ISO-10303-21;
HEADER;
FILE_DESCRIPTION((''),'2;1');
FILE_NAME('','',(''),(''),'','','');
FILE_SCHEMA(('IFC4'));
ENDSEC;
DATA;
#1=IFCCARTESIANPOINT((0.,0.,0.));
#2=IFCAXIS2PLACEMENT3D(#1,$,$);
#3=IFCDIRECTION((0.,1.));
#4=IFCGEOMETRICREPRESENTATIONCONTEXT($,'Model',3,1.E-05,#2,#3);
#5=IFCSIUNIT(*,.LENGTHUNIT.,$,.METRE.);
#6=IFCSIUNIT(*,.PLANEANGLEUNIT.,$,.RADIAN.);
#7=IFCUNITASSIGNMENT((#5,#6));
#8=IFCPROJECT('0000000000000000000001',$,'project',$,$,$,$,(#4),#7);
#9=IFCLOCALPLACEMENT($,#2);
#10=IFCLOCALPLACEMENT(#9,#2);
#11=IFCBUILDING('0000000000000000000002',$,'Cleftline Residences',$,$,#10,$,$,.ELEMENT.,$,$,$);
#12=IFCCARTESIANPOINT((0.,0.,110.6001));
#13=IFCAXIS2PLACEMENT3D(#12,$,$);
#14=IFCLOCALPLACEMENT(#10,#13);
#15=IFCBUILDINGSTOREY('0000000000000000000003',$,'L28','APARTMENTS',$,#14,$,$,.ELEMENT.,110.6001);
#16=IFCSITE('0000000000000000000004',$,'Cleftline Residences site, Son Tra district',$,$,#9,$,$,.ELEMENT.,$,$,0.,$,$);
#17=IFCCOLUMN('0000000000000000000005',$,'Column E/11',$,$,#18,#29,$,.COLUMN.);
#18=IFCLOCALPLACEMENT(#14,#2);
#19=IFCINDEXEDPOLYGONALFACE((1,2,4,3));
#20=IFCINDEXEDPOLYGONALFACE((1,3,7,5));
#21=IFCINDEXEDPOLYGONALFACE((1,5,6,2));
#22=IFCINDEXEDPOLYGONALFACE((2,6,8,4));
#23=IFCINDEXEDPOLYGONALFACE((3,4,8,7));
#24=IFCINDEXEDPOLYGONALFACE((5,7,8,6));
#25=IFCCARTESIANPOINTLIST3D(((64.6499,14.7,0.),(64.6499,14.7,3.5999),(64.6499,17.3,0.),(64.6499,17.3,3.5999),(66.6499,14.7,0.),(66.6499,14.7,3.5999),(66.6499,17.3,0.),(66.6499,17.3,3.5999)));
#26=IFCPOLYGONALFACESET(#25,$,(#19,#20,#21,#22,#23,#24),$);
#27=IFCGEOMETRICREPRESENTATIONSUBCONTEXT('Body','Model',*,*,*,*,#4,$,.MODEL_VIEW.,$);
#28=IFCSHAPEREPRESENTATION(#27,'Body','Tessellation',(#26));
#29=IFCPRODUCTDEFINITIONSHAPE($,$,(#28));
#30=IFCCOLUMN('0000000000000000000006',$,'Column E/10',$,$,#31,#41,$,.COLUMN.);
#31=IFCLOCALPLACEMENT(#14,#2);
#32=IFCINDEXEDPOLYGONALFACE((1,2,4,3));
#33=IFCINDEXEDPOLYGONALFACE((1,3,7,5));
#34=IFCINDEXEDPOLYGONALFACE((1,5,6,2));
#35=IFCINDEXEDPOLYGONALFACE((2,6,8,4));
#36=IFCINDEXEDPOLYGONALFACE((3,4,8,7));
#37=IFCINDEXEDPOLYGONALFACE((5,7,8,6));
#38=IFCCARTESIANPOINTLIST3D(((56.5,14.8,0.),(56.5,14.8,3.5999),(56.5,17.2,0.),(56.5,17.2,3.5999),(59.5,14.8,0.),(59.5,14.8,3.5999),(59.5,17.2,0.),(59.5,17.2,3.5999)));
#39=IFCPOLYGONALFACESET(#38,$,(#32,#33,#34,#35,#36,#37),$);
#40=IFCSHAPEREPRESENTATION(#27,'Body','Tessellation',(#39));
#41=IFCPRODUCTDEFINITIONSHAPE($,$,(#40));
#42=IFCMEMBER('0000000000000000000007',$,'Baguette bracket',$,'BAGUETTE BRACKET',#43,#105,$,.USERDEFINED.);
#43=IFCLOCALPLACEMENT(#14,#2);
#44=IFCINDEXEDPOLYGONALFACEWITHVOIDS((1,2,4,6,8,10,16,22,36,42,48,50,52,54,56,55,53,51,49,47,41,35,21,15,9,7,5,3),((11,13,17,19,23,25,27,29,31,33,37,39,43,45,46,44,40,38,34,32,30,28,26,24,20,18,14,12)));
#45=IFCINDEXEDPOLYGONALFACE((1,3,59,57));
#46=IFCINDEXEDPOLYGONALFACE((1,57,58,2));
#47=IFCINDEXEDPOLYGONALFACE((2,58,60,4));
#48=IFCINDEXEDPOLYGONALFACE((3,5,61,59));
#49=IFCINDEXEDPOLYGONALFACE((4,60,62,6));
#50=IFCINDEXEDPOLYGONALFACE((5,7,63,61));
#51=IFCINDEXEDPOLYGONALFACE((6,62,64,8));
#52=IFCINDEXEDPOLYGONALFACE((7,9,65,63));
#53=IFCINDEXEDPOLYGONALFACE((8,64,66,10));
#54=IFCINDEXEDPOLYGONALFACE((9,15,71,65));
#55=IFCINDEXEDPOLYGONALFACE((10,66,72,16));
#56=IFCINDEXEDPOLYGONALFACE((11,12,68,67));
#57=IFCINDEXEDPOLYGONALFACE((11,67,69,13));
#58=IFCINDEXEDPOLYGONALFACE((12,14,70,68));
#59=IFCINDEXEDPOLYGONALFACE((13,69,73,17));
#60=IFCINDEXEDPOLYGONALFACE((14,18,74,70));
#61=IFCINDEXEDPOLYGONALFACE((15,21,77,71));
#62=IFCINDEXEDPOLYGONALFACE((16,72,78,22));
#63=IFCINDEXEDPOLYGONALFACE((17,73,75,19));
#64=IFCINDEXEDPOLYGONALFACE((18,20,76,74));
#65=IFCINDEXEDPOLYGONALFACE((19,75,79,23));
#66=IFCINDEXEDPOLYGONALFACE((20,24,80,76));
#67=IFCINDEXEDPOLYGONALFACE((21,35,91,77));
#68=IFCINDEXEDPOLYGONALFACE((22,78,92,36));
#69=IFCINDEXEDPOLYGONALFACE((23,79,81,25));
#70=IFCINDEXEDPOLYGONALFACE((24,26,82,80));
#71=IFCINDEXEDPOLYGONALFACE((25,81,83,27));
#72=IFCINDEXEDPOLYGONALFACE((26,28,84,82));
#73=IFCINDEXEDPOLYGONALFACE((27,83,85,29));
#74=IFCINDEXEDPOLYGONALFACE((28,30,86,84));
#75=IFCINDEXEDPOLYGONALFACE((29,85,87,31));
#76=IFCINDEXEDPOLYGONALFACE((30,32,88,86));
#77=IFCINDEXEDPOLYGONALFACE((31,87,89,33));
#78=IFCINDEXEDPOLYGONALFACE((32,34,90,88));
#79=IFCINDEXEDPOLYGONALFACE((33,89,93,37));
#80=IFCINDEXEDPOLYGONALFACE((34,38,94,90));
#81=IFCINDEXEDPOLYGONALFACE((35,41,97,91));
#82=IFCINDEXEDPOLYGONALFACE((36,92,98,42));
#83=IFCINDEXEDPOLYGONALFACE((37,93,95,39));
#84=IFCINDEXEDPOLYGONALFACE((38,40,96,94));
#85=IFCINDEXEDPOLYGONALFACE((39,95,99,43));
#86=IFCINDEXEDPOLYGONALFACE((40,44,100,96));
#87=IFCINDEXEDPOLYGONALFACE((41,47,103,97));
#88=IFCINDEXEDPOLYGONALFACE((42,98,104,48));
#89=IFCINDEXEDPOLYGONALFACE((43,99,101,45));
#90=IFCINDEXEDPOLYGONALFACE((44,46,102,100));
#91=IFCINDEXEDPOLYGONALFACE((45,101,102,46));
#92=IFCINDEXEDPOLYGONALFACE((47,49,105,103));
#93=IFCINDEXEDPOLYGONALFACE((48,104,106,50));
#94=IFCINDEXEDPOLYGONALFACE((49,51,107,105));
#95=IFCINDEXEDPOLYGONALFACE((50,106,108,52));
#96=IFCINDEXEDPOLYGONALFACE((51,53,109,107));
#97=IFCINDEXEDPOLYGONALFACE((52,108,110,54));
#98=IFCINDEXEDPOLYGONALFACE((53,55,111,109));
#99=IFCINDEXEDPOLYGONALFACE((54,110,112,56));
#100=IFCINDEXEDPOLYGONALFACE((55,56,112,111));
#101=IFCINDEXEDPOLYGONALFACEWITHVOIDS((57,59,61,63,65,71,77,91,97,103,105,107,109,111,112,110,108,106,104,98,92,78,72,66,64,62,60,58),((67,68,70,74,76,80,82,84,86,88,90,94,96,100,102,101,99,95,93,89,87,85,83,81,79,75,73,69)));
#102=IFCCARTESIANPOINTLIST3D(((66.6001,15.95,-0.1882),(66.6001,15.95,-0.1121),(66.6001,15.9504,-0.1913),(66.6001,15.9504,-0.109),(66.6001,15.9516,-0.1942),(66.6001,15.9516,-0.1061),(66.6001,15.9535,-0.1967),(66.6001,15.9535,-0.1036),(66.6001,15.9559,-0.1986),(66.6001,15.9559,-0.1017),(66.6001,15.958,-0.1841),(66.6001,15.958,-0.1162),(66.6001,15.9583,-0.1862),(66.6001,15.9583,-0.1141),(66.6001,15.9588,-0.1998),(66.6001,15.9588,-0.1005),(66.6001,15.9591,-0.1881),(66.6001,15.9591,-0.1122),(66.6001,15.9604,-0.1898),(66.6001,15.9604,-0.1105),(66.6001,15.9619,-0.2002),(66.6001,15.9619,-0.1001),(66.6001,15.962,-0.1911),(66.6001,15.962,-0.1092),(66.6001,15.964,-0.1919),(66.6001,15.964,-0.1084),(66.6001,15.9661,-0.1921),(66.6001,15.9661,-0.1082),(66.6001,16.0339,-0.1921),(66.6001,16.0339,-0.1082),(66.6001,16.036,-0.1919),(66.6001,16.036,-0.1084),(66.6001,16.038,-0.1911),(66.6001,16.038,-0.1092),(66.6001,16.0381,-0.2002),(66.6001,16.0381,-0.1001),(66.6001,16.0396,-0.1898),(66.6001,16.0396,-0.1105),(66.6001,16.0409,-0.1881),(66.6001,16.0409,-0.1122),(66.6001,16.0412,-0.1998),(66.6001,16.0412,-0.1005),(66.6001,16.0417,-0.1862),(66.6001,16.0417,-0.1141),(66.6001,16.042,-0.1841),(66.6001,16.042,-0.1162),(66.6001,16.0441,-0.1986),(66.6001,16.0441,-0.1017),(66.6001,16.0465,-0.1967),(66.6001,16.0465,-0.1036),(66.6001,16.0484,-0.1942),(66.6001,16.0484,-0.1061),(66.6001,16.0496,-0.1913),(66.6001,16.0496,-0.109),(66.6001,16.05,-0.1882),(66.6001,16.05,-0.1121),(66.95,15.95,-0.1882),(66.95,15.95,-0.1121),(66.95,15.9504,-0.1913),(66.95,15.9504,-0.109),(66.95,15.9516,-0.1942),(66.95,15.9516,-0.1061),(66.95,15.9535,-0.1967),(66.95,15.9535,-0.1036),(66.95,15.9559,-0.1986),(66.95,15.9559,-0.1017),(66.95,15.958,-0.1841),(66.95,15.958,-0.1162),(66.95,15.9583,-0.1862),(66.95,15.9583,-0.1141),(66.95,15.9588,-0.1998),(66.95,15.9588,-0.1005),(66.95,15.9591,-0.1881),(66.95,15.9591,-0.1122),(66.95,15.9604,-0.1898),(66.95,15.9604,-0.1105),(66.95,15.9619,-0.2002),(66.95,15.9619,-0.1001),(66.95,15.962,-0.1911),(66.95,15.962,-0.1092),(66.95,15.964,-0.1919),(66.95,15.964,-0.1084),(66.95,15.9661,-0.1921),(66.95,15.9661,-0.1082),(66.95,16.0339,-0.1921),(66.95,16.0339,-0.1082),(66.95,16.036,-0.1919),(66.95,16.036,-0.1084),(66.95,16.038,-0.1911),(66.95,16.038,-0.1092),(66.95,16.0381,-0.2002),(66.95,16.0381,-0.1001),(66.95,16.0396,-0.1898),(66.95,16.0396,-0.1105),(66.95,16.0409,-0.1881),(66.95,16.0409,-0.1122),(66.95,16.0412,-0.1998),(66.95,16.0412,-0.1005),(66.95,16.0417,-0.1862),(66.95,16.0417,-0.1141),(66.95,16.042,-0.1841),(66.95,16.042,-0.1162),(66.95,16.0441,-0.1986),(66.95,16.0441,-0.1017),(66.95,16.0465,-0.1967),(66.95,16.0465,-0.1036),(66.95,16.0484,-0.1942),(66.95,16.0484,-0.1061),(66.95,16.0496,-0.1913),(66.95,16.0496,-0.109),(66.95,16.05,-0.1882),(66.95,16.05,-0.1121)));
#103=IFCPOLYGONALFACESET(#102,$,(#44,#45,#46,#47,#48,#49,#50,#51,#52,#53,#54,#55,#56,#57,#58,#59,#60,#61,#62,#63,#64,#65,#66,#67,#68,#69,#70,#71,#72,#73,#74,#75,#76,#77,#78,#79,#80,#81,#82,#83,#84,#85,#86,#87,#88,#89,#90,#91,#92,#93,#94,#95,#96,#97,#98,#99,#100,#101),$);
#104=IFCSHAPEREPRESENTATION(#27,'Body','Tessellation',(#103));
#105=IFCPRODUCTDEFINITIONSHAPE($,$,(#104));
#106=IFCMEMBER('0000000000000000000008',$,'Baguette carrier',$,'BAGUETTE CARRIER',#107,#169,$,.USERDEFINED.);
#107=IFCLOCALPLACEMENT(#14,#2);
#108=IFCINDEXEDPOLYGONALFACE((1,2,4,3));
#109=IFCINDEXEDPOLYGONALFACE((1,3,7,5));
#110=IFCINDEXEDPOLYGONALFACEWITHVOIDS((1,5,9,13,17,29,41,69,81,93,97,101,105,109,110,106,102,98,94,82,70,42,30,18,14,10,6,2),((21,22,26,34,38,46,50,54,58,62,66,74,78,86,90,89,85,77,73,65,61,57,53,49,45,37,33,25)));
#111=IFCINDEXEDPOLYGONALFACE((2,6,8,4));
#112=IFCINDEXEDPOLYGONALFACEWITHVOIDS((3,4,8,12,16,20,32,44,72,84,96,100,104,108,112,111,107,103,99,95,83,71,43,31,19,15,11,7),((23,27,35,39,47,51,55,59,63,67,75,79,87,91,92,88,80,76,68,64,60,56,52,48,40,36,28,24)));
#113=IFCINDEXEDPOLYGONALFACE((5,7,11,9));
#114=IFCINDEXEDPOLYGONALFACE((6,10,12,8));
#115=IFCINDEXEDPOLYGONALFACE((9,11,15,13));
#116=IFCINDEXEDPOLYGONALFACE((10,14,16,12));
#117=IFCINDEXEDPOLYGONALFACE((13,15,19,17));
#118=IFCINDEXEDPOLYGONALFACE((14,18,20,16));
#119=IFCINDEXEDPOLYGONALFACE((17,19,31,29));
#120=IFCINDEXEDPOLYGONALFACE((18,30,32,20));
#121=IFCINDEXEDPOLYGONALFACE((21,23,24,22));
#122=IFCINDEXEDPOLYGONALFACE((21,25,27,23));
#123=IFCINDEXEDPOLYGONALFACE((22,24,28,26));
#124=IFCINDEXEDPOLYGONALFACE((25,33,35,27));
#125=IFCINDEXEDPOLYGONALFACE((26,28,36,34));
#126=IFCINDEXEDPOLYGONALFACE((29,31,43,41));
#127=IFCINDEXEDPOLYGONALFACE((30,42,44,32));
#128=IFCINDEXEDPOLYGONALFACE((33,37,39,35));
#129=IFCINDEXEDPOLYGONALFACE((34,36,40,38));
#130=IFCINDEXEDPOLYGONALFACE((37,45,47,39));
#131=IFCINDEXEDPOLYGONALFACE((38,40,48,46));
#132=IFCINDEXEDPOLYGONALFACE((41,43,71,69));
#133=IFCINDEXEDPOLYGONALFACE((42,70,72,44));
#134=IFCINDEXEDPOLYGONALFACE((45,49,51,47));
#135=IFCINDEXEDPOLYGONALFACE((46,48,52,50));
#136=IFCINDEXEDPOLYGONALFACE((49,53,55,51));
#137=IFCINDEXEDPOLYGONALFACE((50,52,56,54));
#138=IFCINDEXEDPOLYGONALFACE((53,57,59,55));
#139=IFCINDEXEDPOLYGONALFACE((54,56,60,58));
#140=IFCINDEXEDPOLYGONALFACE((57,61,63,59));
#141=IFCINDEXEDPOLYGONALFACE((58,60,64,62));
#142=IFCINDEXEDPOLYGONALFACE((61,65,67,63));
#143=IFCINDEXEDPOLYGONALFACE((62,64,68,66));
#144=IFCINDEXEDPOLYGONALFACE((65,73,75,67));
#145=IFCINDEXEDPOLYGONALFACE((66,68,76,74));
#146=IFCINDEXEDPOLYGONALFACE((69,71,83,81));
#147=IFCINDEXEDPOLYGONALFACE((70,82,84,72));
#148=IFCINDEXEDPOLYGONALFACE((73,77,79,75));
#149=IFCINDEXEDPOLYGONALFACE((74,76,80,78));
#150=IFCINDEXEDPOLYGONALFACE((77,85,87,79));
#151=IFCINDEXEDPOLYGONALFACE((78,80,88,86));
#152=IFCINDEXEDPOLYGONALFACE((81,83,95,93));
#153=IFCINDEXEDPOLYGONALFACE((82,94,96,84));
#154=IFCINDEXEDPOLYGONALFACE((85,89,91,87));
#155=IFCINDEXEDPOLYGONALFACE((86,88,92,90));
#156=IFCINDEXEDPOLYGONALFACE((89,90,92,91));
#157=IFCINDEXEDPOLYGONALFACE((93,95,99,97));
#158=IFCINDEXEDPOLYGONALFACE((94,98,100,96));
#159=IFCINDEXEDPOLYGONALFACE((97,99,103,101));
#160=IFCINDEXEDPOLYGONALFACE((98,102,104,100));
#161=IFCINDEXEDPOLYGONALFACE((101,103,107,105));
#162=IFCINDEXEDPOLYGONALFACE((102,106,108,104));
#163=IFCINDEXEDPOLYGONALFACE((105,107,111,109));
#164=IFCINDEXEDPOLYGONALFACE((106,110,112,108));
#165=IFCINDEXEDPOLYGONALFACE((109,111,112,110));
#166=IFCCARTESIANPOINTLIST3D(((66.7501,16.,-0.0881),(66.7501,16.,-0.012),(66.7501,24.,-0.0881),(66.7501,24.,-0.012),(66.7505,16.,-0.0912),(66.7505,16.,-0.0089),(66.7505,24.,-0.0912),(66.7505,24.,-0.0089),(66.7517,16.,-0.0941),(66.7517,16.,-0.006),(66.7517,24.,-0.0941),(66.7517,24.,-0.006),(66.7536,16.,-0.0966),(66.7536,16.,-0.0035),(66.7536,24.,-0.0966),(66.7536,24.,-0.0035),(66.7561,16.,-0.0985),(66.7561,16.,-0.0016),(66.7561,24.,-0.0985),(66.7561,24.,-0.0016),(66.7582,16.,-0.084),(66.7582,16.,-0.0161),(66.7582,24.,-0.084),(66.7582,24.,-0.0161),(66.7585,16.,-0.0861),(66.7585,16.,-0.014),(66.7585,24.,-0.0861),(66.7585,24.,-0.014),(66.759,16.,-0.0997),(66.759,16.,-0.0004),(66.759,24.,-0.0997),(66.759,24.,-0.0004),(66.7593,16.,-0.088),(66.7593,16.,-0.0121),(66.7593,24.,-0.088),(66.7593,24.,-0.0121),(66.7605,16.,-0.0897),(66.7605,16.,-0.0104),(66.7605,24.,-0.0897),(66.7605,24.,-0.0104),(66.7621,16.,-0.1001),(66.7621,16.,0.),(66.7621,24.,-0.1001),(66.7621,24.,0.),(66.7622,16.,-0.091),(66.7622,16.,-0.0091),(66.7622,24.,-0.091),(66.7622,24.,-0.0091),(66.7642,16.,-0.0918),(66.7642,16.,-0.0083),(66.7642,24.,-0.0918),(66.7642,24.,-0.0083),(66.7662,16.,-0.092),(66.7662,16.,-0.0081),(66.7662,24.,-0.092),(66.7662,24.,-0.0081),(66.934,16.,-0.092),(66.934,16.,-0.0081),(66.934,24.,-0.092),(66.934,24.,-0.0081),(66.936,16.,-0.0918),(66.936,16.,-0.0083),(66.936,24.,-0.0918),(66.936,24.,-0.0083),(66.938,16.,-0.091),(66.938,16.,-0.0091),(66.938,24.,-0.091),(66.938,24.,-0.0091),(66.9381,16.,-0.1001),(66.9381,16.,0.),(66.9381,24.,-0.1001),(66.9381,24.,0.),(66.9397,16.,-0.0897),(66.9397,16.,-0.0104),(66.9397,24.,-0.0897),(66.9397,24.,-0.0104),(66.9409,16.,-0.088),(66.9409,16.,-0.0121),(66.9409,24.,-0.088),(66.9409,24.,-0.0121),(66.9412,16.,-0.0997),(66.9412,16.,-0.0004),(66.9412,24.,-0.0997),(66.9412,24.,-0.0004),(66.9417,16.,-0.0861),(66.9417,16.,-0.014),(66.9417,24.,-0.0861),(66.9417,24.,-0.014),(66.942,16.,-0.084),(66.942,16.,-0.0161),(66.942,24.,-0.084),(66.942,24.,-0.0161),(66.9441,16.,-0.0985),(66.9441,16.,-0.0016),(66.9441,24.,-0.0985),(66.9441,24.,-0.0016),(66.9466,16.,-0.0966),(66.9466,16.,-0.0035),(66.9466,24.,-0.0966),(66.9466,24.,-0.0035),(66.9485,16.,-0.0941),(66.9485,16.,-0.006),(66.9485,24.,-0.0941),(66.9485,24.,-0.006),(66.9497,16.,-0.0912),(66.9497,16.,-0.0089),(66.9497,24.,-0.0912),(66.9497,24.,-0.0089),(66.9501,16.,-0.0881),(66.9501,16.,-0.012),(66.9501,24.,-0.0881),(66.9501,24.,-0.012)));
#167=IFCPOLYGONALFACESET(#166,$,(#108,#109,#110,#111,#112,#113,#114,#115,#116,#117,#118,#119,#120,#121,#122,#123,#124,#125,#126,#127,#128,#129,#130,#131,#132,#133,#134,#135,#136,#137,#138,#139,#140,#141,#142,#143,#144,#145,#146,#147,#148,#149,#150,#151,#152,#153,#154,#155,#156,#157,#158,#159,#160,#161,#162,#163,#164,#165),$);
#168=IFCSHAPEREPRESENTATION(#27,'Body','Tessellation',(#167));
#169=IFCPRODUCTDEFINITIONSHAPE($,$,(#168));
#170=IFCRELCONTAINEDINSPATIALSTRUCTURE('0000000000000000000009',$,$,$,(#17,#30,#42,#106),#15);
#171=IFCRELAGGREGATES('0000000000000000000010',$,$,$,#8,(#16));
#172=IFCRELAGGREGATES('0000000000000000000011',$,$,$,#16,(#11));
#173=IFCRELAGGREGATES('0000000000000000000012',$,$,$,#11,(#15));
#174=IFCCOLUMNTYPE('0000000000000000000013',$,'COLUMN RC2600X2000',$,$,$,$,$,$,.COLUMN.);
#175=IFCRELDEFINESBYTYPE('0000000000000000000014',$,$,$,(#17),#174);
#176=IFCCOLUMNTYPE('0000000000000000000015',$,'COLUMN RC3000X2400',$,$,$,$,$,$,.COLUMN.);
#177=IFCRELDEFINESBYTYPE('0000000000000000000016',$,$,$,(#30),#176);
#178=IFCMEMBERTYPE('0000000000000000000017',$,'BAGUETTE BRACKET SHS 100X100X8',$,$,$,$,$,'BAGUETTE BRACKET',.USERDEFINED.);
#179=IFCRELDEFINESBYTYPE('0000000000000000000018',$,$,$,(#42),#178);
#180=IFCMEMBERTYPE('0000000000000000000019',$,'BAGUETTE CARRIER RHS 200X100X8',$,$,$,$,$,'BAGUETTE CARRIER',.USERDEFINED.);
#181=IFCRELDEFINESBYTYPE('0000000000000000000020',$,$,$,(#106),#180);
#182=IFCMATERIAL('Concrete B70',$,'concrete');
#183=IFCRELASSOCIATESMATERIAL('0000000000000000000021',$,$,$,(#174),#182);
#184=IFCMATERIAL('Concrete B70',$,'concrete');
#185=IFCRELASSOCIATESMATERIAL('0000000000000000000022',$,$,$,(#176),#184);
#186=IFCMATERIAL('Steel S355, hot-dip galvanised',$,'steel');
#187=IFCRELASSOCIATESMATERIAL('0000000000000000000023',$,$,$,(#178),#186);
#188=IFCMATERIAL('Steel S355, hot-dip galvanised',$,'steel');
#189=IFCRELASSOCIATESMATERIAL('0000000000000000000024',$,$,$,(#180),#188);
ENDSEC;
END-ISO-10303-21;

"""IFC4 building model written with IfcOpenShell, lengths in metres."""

from ifc_helpers import new_model, si_unit, direction, frame, origin, origin_2d, place, context, subcontext, project, spatial, rectangle, hollow_rectangle, extrude, material, material_profile, profile_set, type_object, element, save


model = new_model("IFC4")

# Units and contexts
model_context = context("Model", 3, precision=1e-05, world=origin(), true_north=direction((0.0, 1.0)))
body_context = subcontext(model_context, "Body", "Model", "MODEL_VIEW")
ifc_project = project(units=[si_unit("LENGTHUNIT", "METRE"), si_unit("PLANEANGLEUNIT", "RADIAN")], contexts=[model_context])

# Site, building, storey
site_placement = place(None, origin())
site = spatial("IfcSite", under=ifc_project, at=site_placement, Name="Cleftline Residences site, Son Tra district", CompositionType="ELEMENT", RefElevation=0.0)
building_placement = place(site_placement, origin())
building = spatial("IfcBuilding", under=site, at=building_placement, Name="Cleftline Residences", CompositionType="ELEMENT")
storey_placement = place(building_placement, frame((0.0, 0.0, 110.6001)))
storey = spatial("IfcBuildingStorey", under=building, at=storey_placement, Name="L28", Description="APARTMENTS", CompositionType="ELEMENT", Elevation=110.6001)

# Columns
ifc_material_1 = material(Name="Concrete B70", Category="concrete")
ifc_material_profile_1 = material_profile(ifc_material_1, rectangle(XDim=2.6001, YDim=2.0, at=origin_2d()))
ifc_profile_set_1 = profile_set([ifc_material_profile_1], Name="Concrete B70")
column_type_1 = type_object("IfcColumnType", Name="COLUMN RC2600X2000", PredefinedType="COLUMN", material=ifc_profile_set_1)
column_1_placement = place(storey_placement, frame((65.6499, 16.0, 0.0), z_axis=(0.0, 0.0, 1.0), x_axis=(0.0, 1.0, 0.0)))
element("IfcColumn", 1, at=column_1_placement, inside=storey, type_object=column_type_1, Name="Column E/11", PredefinedType="COLUMN", context=body_context, shape_type="SweptSolid", body=[
    extrude(rectangle(XDim=2.6001, YDim=2.0, at=origin_2d()), origin(), (0.0, 0.0, 1.0), 3.5999),
])
ifc_material_2 = material(Name="Concrete B70", Category="concrete")
ifc_material_profile_2 = material_profile(ifc_material_2, rectangle(XDim=3.0, YDim=2.3999, at=origin_2d()))
ifc_profile_set_2 = profile_set([ifc_material_profile_2], Name="Concrete B70")
column_type_2 = type_object("IfcColumnType", Name="COLUMN RC3000X2400", PredefinedType="COLUMN", material=ifc_profile_set_2)
column_2_placement = place(storey_placement, frame((58.0, 16.0, 0.0), z_axis=(0.0, 0.0, 1.0), x_axis=(1.0, 0.0, 0.0)))
element("IfcColumn", 2, at=column_2_placement, inside=storey, type_object=column_type_2, Name="Column E/10", PredefinedType="COLUMN", context=body_context, shape_type="SweptSolid", body=[
    extrude(rectangle(XDim=3.0, YDim=2.3999, at=origin_2d()), origin(), (0.0, 0.0, 1.0), 3.5999),
])

# Members
ifc_material_3 = material(Name="Steel S355, hot-dip galvanised", Category="steel")
ifc_material_profile_3 = material_profile(ifc_material_3, hollow_rectangle(XDim=0.1001, YDim=0.1001, WallThickness=0.0081, InnerFilletRadius=0.0081, OuterFilletRadius=0.012, at=origin_2d()))
ifc_profile_set_3 = profile_set([ifc_material_profile_3], Name="Steel S355, hot-dip galvanised")
member_type_1 = type_object("IfcMemberType", Name="BAGUETTE BRACKET SHS 100X100X8", ElementType="BAGUETTE BRACKET", PredefinedType="USERDEFINED", material=ifc_profile_set_3)
member_1_placement = place(storey_placement, frame((66.6001, 16.0, -0.1501), z_axis=(1.0, 0.0, 0.0), x_axis=(0.0, 1.0, 0.0)))
element("IfcMember", 3, at=member_1_placement, inside=storey, type_object=member_type_1, Name="Baguette bracket", ObjectType="BAGUETTE BRACKET", PredefinedType="USERDEFINED", context=body_context, shape_type="SweptSolid", body=[
    extrude(hollow_rectangle(XDim=0.1001, YDim=0.1001, WallThickness=0.0081, InnerFilletRadius=0.0081, OuterFilletRadius=0.012, at=origin_2d()), origin(), (0.0, 0.0, 1.0), 0.3499),
])
ifc_material_4 = material(Name="Steel S355, hot-dip galvanised", Category="steel")
ifc_material_profile_4 = material_profile(ifc_material_4, hollow_rectangle(XDim=0.1001, YDim=0.2, WallThickness=0.0081, InnerFilletRadius=0.0081, OuterFilletRadius=0.012, at=origin_2d()))
ifc_profile_set_4 = profile_set([ifc_material_profile_4], Name="Steel S355, hot-dip galvanised")
member_type_2 = type_object("IfcMemberType", Name="BAGUETTE CARRIER RHS 200X100X8", ElementType="BAGUETTE CARRIER", PredefinedType="USERDEFINED", material=ifc_profile_set_4)
member_2_placement = place(storey_placement, frame((66.8501, 16.0, -0.05), z_axis=(0.0, 1.0, 0.0), x_axis=(0.0, 0.0, 1.0)))
element("IfcMember", 4, at=member_2_placement, inside=storey, type_object=member_type_2, Name="Baguette carrier", ObjectType="BAGUETTE CARRIER", PredefinedType="USERDEFINED", context=body_context, shape_type="SweptSolid", body=[
    extrude(hollow_rectangle(XDim=0.1001, YDim=0.2, WallThickness=0.0081, InnerFilletRadius=0.0081, OuterFilletRadius=0.012, at=origin_2d()), origin(), (0.0, 0.0, 1.0), 8.0),
])

save(model, "model.ifc")
